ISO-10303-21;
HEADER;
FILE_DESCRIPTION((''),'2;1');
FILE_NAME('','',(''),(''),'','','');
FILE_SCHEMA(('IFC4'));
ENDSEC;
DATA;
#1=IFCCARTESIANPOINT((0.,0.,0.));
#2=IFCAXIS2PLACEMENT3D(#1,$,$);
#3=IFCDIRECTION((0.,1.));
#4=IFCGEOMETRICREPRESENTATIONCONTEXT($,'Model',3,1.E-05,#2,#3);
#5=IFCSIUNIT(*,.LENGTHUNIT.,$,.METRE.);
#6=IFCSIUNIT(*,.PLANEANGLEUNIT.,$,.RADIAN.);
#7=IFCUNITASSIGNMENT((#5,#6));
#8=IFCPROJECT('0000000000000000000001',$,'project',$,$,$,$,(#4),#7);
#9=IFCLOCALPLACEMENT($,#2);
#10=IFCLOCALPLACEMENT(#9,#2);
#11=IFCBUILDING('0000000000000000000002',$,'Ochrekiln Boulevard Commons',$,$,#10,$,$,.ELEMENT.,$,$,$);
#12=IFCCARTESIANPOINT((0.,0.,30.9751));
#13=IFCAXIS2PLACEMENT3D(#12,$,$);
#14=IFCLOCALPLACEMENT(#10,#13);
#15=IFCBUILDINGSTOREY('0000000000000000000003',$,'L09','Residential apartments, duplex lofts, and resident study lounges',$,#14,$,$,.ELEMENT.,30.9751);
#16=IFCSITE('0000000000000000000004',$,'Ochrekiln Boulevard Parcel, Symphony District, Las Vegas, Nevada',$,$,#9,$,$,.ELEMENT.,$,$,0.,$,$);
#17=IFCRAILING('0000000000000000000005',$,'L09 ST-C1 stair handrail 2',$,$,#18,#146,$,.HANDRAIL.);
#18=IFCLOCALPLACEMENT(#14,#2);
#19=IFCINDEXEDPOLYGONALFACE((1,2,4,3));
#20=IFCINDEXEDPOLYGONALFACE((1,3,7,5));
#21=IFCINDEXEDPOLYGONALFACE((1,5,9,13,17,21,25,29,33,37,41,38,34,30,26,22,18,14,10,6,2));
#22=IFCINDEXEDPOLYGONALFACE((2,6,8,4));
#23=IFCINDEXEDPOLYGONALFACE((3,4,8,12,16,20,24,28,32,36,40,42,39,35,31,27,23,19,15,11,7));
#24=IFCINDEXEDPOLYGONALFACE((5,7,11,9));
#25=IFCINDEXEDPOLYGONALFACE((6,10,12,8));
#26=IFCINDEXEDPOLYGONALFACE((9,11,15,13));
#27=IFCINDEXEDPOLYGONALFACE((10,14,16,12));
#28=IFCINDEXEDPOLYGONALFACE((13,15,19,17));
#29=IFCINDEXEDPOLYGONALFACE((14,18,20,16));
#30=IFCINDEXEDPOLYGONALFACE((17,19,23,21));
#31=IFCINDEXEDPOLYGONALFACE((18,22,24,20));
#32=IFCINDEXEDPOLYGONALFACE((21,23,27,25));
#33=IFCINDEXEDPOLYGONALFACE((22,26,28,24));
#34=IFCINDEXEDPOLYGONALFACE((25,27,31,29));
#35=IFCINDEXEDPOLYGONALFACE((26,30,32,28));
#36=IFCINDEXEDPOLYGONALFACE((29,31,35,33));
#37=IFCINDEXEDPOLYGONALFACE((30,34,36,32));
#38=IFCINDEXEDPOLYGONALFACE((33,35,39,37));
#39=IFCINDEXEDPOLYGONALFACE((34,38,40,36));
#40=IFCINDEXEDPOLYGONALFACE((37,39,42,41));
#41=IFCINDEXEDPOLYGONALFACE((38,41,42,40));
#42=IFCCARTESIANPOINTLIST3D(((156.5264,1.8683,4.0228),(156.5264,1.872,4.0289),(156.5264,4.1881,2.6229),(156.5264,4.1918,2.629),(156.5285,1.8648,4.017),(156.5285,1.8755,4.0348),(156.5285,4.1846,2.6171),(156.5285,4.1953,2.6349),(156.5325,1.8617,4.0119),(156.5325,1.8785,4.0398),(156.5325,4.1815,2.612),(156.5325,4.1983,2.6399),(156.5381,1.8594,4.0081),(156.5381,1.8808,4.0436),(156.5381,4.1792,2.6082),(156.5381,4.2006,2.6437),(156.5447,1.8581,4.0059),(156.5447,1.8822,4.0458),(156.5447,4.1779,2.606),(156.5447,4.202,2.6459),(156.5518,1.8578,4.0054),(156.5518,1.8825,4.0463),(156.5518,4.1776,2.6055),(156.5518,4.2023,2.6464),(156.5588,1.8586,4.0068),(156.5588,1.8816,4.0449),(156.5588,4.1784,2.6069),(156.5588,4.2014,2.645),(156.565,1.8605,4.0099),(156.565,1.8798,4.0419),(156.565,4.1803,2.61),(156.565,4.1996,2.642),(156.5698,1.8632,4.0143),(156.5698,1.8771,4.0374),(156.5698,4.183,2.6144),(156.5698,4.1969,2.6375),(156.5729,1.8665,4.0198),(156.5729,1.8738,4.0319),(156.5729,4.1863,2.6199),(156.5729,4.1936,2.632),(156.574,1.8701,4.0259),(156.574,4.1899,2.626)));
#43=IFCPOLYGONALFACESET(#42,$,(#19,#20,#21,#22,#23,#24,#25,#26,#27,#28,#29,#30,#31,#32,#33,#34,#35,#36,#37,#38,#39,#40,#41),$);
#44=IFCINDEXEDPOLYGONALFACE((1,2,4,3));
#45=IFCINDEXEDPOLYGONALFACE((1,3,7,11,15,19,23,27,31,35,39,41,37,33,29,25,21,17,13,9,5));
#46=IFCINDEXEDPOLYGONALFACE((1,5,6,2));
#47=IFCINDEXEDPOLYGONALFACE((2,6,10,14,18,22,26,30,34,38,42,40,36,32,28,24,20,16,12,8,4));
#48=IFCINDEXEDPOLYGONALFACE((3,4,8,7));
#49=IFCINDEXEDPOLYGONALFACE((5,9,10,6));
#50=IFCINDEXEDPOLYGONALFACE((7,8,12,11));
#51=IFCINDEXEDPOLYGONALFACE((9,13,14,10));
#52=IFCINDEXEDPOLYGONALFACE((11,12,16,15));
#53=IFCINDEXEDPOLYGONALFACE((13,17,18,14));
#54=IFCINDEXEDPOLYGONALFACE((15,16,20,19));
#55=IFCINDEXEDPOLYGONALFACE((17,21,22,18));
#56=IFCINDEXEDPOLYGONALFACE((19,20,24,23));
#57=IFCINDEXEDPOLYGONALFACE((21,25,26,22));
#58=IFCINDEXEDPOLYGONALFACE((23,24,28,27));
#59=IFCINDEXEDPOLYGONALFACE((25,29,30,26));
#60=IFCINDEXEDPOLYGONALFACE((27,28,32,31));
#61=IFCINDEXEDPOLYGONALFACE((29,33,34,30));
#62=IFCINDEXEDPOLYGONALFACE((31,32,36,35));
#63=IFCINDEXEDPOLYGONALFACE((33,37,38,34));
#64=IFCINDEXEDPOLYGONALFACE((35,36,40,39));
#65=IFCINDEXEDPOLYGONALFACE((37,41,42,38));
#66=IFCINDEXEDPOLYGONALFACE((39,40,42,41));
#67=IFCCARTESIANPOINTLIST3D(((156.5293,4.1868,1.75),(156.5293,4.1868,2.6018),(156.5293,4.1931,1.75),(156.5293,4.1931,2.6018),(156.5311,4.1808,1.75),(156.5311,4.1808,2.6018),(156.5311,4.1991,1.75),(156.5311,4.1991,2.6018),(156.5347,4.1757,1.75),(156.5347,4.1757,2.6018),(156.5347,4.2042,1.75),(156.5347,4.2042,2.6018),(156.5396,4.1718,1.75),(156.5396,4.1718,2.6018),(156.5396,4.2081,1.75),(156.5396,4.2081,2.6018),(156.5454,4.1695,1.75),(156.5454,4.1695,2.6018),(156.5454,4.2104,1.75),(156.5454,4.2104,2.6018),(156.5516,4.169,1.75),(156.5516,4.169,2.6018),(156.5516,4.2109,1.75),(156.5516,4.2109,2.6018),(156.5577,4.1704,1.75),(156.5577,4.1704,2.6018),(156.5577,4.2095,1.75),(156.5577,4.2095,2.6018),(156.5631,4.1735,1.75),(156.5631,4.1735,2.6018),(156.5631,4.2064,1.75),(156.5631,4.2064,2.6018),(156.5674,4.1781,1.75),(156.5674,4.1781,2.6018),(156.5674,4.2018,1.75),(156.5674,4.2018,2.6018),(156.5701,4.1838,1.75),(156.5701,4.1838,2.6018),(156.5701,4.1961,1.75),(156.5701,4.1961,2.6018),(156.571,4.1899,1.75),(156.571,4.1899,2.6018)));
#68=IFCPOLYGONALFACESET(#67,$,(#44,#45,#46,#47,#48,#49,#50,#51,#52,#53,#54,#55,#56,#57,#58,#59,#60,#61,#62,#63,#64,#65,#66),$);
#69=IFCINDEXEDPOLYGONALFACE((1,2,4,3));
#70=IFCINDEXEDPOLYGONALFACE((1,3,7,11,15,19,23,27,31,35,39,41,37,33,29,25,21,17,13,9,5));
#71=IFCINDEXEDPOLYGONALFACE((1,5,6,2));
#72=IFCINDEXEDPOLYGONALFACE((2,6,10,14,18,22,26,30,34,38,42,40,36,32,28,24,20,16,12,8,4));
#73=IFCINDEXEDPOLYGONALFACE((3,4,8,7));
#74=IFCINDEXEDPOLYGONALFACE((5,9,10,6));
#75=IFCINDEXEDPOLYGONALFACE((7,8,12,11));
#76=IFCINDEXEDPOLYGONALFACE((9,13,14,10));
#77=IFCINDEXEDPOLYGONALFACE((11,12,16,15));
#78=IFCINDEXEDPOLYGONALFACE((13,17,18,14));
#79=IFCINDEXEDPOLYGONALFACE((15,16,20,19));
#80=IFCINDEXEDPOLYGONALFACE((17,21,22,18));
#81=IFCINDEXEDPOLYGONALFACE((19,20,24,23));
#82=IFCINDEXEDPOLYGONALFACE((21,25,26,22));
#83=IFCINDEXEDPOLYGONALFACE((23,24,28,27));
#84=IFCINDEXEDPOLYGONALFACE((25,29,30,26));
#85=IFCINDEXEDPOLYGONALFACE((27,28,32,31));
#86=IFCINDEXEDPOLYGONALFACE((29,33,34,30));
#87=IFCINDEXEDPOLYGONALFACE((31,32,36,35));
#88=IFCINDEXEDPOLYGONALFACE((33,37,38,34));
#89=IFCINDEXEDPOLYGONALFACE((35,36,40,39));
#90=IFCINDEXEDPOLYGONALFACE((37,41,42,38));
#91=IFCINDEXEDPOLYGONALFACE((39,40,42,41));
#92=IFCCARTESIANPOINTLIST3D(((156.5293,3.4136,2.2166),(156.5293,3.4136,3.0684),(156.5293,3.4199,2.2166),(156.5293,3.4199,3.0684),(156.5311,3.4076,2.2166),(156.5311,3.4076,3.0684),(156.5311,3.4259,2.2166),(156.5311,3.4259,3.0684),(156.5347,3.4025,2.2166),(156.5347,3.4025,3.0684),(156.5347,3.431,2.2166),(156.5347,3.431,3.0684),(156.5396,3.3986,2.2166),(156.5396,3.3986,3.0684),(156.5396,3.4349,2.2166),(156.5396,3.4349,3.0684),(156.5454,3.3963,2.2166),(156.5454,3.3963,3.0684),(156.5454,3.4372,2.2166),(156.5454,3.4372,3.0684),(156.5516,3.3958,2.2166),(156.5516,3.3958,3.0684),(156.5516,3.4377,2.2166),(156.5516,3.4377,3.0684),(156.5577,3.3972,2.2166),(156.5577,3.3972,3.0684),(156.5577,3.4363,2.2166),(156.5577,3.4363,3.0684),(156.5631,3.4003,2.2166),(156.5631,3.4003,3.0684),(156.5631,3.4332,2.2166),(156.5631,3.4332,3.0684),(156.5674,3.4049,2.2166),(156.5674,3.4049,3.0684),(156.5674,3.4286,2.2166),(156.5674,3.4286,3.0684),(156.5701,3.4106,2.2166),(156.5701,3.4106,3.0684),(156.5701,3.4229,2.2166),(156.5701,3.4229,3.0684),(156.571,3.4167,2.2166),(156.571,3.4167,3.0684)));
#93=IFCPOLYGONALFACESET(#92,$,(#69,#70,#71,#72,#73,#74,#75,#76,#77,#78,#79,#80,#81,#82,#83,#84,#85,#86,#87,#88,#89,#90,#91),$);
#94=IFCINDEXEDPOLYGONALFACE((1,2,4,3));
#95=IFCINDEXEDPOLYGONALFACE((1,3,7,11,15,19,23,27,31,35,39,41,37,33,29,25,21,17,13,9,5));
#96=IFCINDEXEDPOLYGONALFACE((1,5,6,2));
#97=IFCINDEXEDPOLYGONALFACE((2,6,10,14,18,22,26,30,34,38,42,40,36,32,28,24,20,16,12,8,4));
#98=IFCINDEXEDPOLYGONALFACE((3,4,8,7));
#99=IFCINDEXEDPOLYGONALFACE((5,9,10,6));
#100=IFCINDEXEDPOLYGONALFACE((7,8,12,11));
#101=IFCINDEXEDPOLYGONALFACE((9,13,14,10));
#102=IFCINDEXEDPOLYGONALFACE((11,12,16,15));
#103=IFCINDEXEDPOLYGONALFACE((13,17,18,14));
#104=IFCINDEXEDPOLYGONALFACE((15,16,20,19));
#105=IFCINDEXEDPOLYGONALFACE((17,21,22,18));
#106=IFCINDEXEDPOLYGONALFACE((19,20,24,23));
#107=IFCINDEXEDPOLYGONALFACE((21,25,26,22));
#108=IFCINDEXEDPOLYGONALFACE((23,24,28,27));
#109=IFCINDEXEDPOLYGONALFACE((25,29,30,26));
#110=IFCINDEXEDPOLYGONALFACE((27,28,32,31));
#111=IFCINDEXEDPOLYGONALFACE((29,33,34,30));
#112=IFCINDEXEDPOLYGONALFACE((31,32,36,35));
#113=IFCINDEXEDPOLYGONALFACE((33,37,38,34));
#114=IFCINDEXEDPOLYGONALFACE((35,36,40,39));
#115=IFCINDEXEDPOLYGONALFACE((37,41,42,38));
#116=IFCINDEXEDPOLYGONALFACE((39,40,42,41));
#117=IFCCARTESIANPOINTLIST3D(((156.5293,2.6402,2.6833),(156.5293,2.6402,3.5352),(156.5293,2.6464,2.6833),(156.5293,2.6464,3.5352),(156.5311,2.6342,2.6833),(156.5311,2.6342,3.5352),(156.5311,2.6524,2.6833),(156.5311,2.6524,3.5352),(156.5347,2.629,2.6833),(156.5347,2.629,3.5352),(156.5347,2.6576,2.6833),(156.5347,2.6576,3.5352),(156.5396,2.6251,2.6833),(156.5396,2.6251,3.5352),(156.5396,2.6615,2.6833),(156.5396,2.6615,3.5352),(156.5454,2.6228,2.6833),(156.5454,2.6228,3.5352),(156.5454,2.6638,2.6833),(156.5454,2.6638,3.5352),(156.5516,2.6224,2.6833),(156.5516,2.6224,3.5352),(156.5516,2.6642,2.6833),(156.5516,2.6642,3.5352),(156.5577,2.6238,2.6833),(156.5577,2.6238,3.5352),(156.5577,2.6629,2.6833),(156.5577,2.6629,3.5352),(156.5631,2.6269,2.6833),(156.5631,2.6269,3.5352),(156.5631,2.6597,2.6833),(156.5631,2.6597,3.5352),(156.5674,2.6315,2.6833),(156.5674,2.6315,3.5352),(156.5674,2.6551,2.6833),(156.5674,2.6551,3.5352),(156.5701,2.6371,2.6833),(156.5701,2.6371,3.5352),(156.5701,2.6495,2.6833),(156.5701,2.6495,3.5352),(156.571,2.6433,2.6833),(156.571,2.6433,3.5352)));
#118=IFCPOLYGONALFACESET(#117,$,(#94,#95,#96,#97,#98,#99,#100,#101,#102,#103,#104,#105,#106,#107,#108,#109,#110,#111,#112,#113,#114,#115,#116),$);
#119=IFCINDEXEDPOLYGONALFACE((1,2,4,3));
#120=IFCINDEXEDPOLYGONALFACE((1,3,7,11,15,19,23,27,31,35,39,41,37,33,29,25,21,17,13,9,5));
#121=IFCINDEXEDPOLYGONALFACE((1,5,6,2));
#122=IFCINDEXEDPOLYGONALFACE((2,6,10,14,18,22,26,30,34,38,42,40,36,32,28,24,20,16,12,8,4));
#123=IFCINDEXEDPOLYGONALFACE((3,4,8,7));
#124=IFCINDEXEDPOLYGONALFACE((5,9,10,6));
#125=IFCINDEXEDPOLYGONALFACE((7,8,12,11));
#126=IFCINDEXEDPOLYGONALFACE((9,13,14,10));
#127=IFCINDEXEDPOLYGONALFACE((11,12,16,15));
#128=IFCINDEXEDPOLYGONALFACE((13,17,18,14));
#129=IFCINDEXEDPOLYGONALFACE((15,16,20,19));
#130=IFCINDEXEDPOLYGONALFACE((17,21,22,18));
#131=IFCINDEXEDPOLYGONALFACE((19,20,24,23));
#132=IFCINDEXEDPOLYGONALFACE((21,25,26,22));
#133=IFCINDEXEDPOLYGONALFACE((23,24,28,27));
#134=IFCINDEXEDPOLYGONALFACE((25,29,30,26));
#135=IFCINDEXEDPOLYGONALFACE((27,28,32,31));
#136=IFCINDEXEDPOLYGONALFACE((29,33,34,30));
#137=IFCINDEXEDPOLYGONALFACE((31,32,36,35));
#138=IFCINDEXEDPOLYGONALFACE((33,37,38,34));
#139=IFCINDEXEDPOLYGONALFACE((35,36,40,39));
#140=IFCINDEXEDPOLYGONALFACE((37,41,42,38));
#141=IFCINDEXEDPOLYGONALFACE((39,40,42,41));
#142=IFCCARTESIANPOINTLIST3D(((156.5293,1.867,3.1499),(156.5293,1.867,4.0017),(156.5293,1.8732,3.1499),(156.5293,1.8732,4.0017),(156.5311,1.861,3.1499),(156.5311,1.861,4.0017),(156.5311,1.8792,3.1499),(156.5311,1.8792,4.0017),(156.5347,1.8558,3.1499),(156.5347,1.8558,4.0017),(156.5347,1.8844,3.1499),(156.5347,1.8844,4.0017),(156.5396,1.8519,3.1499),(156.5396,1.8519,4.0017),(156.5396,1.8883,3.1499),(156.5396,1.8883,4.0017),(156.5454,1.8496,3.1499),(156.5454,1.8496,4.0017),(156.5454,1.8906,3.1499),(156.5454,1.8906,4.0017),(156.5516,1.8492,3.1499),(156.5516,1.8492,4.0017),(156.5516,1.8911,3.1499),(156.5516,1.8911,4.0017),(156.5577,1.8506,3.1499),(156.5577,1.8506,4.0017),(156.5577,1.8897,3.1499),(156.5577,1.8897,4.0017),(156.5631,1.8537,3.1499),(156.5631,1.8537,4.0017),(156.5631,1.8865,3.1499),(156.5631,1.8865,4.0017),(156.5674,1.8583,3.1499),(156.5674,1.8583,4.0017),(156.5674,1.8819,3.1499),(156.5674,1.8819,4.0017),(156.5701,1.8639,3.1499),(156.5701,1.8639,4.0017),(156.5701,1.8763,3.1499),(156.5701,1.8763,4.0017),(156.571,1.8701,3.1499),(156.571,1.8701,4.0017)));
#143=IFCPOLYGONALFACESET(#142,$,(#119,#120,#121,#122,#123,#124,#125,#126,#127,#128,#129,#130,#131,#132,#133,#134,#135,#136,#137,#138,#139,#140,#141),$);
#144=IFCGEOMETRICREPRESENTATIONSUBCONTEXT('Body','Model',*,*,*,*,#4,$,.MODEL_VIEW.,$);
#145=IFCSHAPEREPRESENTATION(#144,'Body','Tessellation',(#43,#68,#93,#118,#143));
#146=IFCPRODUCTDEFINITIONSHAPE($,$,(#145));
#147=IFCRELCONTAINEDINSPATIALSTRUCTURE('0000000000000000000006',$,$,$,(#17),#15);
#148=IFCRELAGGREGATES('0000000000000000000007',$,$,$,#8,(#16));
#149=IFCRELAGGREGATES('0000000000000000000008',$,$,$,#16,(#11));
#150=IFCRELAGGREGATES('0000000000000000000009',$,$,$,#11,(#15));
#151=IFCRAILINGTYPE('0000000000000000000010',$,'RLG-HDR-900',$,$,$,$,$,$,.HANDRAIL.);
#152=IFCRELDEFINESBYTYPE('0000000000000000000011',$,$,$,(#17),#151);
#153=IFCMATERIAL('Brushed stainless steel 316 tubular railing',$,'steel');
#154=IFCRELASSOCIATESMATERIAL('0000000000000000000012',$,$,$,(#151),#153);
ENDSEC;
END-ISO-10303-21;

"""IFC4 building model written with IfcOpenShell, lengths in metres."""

from ifc_helpers import new_model, si_unit, direction, frame, origin, origin_2d, place, context, subcontext, project, spatial, circle, extrude, material, type_object, element, save


model = new_model("IFC4")

# Units and contexts
model_context = context("Model", 3, precision=1e-05, world=origin(), true_north=direction((0.0, 1.0)))
body_context = subcontext(model_context, "Body", "Model", "MODEL_VIEW")
ifc_project = project(units=[si_unit("LENGTHUNIT", "METRE"), si_unit("PLANEANGLEUNIT", "RADIAN")], contexts=[model_context])

# Site, building, storey
site_placement = place(None, origin())
site = spatial("IfcSite", under=ifc_project, at=site_placement, Name="Ochrekiln Boulevard Parcel, Symphony District, Las Vegas, Nevada", CompositionType="ELEMENT", RefElevation=0.0)
building_placement = place(site_placement, origin())
building = spatial("IfcBuilding", under=site, at=building_placement, Name="Ochrekiln Boulevard Commons", CompositionType="ELEMENT")
storey_placement = place(building_placement, frame((0.0, 0.0, 30.9751)))
storey = spatial("IfcBuildingStorey", under=building, at=storey_placement, Name="L09", Description="Residential apartments, duplex lofts, and resident study lounges", CompositionType="ELEMENT", Elevation=30.9751)

# Railing
ifc_material_1 = material(Name="Brushed stainless steel 316 tubular railing", Category="steel")
railing_type_1 = type_object("IfcRailingType", Name="RLG-HDR-900", PredefinedType="HANDRAIL", material=ifc_material_1)
railing_1_placement = place(storey_placement, frame((156.55, 4.1899, 1.75)))
element("IfcRailing", 1, at=railing_1_placement, inside=storey, type_object=railing_type_1, Name="L09 ST-C1 stair handrail 2", PredefinedType="HANDRAIL", context=body_context, shape_type="SweptSolid", body=[
    extrude(circle(Radius=0.0239, at=origin_2d()), frame((0.0, 0.0, 0.876), z_axis=(0.0, -0.856186, 0.516667), x_axis=(1.0, 0.0, 0.0)), (0.0, 0.0, 1.0), 2.7095),
    extrude(circle(Radius=0.021, at=origin_2d()), origin(), (0.0, 0.0, 1.0), 0.8518),
    extrude(circle(Radius=0.021, at=origin_2d()), frame((0.0, -0.7732, 0.4666)), (0.0, 0.0, 1.0), 0.8518),
    extrude(circle(Radius=0.021, at=origin_2d()), frame((0.0, -1.5466, 0.9333)), (0.0, 0.0, 1.0), 0.8518),
    extrude(circle(Radius=0.021, at=origin_2d()), frame((0.0, -2.3198, 1.3999)), (0.0, 0.0, 1.0), 0.8518),
])

save(model, "model.ifc")
